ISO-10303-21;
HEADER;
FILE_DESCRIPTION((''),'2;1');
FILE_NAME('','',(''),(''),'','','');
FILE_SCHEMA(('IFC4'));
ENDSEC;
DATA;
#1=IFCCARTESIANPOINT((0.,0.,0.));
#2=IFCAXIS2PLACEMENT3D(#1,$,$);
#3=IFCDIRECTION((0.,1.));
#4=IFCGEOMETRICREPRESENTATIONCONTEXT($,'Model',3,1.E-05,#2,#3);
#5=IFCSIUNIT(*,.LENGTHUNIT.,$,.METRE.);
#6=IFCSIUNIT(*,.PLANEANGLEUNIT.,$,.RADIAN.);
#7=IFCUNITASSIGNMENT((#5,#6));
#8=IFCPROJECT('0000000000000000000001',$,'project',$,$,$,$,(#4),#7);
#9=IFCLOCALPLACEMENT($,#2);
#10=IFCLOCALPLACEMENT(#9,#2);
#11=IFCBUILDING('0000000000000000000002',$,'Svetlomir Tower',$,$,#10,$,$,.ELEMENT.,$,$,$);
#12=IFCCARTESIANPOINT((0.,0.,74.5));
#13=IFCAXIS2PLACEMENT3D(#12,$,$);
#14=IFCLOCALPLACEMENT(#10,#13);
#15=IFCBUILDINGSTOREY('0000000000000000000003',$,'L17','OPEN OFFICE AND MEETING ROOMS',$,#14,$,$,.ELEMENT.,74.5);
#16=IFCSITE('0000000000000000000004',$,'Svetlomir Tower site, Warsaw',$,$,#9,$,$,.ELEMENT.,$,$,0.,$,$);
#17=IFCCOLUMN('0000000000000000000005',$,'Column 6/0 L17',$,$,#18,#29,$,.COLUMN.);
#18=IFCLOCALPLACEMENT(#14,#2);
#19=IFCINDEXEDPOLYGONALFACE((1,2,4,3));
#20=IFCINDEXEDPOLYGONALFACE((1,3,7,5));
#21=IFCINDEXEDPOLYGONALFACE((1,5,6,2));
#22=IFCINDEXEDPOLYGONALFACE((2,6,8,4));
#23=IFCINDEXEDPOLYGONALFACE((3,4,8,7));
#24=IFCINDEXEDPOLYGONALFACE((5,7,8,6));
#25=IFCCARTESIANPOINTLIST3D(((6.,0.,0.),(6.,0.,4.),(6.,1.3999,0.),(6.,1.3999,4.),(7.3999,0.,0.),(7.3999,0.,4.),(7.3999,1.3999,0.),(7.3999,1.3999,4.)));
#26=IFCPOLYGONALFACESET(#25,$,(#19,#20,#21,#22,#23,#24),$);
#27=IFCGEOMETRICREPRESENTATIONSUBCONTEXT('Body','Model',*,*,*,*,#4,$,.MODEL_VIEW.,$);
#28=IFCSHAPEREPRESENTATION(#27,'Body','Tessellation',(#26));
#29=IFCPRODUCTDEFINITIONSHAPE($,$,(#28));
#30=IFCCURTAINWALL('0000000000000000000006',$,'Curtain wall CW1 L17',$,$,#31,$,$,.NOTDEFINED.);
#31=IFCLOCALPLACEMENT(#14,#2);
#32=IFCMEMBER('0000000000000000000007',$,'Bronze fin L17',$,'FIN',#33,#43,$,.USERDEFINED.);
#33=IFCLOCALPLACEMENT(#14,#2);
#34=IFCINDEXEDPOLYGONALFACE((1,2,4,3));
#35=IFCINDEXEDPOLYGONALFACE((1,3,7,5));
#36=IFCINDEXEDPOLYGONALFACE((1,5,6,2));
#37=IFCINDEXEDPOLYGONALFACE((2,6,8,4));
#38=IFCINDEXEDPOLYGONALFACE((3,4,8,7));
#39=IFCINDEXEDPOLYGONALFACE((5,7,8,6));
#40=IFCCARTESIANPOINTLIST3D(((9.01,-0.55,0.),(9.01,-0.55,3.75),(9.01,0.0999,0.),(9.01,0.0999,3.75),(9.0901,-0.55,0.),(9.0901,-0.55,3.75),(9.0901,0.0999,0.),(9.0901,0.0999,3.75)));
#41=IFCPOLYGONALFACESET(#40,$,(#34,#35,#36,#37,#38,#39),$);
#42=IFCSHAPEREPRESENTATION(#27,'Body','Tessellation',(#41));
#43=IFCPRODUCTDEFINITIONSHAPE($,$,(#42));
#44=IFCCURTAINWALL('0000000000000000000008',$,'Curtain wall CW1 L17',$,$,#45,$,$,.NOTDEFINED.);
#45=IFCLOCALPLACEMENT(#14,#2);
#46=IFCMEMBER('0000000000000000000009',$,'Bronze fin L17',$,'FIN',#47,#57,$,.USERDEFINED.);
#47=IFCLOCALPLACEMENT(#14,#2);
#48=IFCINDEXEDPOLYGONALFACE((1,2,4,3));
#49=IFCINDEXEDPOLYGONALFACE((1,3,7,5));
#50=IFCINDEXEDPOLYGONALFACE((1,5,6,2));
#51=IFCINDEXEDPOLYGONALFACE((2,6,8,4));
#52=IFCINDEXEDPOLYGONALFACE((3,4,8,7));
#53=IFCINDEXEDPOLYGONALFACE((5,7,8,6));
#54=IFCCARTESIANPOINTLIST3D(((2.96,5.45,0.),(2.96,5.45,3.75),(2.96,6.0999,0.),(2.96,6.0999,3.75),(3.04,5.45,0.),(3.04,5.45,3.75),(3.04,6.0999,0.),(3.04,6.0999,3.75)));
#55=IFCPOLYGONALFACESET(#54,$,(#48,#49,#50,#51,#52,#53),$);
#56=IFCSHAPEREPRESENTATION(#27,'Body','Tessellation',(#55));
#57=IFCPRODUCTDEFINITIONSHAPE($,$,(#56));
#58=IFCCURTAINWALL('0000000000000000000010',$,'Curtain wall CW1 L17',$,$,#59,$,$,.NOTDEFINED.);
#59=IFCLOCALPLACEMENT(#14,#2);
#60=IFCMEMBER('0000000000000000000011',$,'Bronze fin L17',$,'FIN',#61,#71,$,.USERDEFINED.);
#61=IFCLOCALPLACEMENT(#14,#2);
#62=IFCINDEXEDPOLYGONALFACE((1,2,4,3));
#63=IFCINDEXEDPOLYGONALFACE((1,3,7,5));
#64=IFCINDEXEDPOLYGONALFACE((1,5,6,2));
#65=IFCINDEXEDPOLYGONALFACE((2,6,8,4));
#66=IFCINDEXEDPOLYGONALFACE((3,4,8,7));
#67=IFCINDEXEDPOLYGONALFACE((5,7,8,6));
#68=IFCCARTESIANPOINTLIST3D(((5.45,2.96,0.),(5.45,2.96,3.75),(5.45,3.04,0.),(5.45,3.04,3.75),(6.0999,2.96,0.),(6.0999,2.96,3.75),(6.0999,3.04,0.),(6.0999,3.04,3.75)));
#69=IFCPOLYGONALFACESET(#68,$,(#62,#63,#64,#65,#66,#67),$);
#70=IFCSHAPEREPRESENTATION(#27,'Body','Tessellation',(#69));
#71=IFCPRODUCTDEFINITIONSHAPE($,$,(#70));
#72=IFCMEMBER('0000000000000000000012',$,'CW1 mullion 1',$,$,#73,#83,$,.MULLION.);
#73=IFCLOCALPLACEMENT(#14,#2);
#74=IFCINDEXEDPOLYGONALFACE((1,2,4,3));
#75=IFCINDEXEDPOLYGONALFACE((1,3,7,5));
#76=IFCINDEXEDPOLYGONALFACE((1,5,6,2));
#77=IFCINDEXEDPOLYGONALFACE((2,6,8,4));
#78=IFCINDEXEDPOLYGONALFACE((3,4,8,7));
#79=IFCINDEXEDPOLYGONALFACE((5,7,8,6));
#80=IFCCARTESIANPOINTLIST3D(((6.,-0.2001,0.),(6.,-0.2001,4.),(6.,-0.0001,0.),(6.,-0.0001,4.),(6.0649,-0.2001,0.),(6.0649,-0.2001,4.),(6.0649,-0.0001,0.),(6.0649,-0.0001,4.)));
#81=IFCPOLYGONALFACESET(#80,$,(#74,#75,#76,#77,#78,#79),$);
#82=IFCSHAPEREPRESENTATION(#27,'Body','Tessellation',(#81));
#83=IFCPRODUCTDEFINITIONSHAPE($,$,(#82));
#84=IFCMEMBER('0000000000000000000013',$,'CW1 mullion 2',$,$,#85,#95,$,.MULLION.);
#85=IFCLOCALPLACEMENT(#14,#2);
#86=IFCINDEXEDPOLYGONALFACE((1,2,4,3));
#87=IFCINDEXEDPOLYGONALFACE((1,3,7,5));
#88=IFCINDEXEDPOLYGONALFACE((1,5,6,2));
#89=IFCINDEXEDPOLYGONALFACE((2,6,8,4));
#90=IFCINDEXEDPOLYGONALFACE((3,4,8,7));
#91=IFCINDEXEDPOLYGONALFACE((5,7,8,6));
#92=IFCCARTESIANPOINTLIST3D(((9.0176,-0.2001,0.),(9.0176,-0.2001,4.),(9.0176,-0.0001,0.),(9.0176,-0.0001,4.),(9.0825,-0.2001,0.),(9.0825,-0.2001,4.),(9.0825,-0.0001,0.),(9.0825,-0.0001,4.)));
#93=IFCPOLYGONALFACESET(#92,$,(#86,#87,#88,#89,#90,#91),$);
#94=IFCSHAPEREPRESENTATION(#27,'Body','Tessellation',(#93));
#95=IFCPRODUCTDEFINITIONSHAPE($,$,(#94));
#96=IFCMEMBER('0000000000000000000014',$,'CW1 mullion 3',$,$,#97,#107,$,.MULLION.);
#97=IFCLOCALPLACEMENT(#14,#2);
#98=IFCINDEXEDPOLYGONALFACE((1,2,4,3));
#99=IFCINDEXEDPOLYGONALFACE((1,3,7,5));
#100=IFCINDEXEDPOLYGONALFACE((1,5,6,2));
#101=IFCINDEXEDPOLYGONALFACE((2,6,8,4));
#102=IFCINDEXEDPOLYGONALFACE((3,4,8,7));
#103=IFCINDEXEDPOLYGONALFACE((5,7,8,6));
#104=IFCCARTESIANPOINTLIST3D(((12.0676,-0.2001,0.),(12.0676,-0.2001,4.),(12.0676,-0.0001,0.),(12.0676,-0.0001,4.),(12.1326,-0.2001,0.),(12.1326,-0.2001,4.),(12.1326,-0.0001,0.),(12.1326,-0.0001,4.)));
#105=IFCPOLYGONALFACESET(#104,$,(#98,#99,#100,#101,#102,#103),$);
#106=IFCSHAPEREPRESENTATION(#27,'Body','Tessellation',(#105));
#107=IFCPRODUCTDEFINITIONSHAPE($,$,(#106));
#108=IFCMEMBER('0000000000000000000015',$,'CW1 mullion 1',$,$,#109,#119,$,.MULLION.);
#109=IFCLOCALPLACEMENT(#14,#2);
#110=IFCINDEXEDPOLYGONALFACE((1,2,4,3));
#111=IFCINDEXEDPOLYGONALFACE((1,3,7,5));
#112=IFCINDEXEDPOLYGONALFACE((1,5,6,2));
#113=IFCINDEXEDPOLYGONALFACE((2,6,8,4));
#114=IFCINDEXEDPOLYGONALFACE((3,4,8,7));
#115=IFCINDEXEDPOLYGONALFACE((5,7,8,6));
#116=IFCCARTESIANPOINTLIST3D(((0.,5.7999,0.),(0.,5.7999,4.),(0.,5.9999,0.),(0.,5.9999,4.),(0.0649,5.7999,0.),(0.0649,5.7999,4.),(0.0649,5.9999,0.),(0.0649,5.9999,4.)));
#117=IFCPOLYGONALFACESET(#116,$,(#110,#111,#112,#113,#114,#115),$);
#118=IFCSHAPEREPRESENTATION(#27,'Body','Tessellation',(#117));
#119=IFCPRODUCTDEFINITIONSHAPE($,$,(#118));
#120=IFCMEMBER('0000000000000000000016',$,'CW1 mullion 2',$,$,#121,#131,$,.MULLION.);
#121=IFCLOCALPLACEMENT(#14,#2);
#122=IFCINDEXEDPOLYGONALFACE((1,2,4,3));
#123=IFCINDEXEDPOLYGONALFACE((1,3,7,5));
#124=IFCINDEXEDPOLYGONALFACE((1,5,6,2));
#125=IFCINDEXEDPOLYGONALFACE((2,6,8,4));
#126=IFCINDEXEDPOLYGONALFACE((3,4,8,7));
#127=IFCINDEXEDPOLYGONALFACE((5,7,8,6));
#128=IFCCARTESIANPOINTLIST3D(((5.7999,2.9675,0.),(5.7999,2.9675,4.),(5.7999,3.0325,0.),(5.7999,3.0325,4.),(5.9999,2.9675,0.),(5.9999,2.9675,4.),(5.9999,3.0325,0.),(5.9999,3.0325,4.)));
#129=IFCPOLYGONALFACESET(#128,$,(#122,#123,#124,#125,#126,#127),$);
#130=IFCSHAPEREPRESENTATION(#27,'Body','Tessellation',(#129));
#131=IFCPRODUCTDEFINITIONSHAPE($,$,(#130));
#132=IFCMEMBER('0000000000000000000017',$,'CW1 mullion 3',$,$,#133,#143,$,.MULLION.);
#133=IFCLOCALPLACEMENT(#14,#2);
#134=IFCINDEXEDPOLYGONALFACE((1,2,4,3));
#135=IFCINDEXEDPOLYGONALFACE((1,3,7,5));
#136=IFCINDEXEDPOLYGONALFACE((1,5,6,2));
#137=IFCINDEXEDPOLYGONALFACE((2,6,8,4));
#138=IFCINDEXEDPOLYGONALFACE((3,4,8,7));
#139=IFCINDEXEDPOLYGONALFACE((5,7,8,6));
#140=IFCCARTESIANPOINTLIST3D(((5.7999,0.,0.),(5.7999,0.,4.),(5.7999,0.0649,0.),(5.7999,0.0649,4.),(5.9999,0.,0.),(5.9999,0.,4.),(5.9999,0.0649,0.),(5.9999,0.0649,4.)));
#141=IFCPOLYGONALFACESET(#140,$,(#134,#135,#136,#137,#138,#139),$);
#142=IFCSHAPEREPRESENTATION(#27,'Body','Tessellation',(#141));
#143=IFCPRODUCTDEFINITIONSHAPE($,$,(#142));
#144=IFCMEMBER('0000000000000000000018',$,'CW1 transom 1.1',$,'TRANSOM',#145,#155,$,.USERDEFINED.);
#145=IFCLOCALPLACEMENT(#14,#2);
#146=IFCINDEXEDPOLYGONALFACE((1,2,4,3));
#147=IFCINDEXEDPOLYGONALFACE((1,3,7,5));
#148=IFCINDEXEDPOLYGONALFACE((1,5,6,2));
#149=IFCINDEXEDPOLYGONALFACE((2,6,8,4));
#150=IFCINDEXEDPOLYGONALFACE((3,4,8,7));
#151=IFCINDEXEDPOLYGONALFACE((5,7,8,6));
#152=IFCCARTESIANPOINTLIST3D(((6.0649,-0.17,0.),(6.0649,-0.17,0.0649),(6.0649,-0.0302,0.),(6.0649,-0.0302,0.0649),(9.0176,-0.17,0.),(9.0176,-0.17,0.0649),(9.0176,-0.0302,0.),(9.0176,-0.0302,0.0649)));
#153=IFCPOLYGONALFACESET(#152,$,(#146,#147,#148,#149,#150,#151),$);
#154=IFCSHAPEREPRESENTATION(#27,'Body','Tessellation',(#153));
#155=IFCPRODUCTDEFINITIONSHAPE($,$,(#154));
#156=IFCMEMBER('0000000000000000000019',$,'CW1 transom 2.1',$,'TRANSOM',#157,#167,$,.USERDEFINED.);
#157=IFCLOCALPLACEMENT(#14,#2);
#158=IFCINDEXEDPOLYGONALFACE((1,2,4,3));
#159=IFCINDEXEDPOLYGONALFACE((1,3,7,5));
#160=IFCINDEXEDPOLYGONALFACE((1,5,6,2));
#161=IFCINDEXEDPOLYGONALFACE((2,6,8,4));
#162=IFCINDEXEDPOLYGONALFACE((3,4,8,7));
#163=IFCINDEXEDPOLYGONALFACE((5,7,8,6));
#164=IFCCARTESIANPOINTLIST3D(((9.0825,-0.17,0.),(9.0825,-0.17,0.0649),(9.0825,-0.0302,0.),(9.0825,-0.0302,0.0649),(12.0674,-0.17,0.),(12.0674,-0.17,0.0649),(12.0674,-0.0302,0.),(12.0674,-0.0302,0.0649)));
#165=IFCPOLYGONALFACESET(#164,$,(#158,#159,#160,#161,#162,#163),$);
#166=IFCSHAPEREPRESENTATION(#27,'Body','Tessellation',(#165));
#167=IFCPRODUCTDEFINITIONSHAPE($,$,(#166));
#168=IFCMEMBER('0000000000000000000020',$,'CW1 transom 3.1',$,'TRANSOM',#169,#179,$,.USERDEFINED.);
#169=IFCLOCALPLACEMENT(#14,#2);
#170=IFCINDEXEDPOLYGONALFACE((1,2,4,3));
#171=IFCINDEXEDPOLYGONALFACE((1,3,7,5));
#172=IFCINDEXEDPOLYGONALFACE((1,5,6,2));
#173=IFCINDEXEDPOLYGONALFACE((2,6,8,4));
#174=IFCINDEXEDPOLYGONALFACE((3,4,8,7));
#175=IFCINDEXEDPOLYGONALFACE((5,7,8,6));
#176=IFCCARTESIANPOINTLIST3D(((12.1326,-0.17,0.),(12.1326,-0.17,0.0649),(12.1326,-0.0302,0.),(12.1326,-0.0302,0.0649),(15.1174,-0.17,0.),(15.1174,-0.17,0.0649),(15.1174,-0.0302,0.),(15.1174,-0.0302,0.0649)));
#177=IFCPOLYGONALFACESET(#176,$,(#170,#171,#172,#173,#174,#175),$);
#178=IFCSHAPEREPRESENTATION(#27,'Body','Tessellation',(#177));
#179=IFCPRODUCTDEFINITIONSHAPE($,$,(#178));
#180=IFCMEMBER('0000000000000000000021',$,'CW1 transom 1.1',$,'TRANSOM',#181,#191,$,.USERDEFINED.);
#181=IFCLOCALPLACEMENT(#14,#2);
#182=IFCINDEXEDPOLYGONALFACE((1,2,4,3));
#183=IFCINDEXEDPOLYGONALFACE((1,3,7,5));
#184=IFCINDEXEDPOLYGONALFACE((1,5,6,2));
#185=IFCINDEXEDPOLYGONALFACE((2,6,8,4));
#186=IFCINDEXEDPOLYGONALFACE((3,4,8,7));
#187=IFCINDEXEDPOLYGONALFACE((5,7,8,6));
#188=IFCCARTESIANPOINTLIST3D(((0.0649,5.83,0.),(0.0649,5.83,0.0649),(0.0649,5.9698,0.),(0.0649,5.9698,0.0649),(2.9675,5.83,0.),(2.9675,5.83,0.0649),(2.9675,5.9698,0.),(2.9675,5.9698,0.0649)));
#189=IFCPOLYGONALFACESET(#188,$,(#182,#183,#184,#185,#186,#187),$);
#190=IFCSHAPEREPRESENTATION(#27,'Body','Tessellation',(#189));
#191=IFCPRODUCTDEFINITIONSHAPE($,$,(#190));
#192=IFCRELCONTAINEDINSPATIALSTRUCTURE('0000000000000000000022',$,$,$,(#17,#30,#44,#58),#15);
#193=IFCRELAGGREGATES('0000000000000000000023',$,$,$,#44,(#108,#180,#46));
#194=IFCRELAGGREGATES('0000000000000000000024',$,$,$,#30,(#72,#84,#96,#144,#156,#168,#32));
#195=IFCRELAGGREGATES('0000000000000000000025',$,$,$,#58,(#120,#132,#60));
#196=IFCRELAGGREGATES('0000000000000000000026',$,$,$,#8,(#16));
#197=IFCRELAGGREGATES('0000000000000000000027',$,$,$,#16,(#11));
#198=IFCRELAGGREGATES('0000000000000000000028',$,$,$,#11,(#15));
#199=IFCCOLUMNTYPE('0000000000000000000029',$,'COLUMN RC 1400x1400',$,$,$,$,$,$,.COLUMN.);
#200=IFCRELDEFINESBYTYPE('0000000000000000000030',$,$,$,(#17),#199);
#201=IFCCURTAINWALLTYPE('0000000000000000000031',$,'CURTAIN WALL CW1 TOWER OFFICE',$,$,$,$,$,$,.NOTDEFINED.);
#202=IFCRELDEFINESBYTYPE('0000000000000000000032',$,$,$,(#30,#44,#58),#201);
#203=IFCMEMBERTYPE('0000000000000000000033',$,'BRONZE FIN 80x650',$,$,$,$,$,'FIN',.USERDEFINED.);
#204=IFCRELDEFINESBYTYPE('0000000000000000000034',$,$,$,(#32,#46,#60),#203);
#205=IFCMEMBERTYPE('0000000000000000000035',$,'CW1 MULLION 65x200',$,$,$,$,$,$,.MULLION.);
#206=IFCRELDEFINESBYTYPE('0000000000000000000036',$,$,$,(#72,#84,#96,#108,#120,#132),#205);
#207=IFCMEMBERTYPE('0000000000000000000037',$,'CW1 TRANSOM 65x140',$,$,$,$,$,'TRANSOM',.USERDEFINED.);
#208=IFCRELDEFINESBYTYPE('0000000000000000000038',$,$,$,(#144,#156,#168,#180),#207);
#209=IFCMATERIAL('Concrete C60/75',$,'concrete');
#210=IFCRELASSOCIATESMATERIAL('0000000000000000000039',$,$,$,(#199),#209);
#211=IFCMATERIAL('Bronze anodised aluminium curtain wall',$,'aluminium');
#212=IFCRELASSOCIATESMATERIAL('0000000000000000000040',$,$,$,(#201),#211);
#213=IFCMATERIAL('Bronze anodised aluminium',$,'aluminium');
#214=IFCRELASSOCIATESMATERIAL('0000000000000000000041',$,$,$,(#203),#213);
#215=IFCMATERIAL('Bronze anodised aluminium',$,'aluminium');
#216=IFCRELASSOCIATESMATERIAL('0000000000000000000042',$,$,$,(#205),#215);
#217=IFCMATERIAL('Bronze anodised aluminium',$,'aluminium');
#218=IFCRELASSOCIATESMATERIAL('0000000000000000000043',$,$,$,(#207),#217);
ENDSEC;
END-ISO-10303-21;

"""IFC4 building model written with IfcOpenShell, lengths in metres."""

from ifc_helpers import new_model, si_unit, direction, frame, origin, origin_2d, place, context, subcontext, project, spatial, rectangle, extrude, material, material_profile, profile_set, type_object, element, aggregate, save


model = new_model("IFC4")

# Units and contexts
model_context = context("Model", 3, precision=1e-05, world=origin(), true_north=direction((0.0, 1.0)))
body_context = subcontext(model_context, "Body", "Model", "MODEL_VIEW")
ifc_project = project(units=[si_unit("LENGTHUNIT", "METRE"), si_unit("PLANEANGLEUNIT", "RADIAN")], contexts=[model_context])

# Site, building, storey
site_placement = place(None, origin())
site = spatial("IfcSite", under=ifc_project, at=site_placement, Name="Svetlomir Tower site, Warsaw", CompositionType="ELEMENT", RefElevation=0.0)
building_placement = place(site_placement, origin())
building = spatial("IfcBuilding", under=site, at=building_placement, Name="Svetlomir Tower", CompositionType="ELEMENT")
storey_placement = place(building_placement, frame((0.0, 0.0, 74.5)))
storey = spatial("IfcBuildingStorey", under=building, at=storey_placement, Name="L17", Description="OPEN OFFICE AND MEETING ROOMS", CompositionType="ELEMENT", Elevation=74.5)

# Column
ifc_material_1 = material(Name="Concrete C60/75", Category="concrete")
ifc_material_profile_1 = material_profile(ifc_material_1, rectangle(XDim=1.3999, YDim=1.3999, at=origin_2d()), Name="RC 1400x1400")
ifc_profile_set_1 = profile_set([ifc_material_profile_1], Name="Concrete C60/75")
column_type = type_object("IfcColumnType", Name="COLUMN RC 1400x1400", PredefinedType="COLUMN", material=ifc_profile_set_1)
column_placement = place(storey_placement, frame((6.7, 0.7, 0.0), z_axis=(0.0, 0.0, 1.0), x_axis=(1.0, 0.0, 0.0)))
element("IfcColumn", 1, at=column_placement, inside=storey, type_object=column_type, Name="Column 6/0 L17", PredefinedType="COLUMN", context=body_context, shape_type="SweptSolid", body=[
    extrude(rectangle(XDim=1.3999, YDim=1.3999, at=origin_2d()), origin(), (0.0, 0.0, 1.0), 4.0),
])

# Curtain walls, members
ifc_material_2 = material(Name="Bronze anodised aluminium curtain wall", Category="aluminium")
curtain_wall_type = type_object("IfcCurtainWallType", Name="CURTAIN WALL CW1 TOWER OFFICE", PredefinedType="NOTDEFINED", material=ifc_material_2)
curtain_wall_1_placement = place(storey_placement, origin())
curtain_wall_1 = element("IfcCurtainWall", 2, at=curtain_wall_1_placement, inside=storey, type_object=curtain_wall_type, Name="Curtain wall CW1 L17", PredefinedType="NOTDEFINED")
ifc_material_3 = material(Name="Bronze anodised aluminium", Category="aluminium")
ifc_material_profile_2 = material_profile(ifc_material_3, rectangle(XDim=0.0801, YDim=0.6499, at=origin_2d()), Name="FIN 80x650")
ifc_profile_set_2 = profile_set([ifc_material_profile_2], Name="Bronze anodised aluminium 6063-T6")
member_type_1 = type_object("IfcMemberType", Name="BRONZE FIN 80x650", ElementType="FIN", PredefinedType="USERDEFINED", material=ifc_profile_set_2)
member_1_placement = place(storey_placement, frame((9.05, -0.2251, 0.0), z_axis=(0.0, 0.0, 1.0), x_axis=(1.0, 0.0, 0.0)))
member_1 = element("IfcMember", 3, at=member_1_placement, type_object=member_type_1, Name="Bronze fin L17", ObjectType="FIN", PredefinedType="USERDEFINED", context=body_context, shape_type="SweptSolid", body=[
    extrude(rectangle(XDim=0.0801, YDim=0.6499, at=origin_2d()), origin(), (0.0, 0.0, 1.0), 3.75),
])
curtain_wall_2_placement = place(storey_placement, origin())
curtain_wall_2 = element("IfcCurtainWall", 4, at=curtain_wall_2_placement, inside=storey, type_object=curtain_wall_type, Name="Curtain wall CW1 L17", PredefinedType="NOTDEFINED")
member_2_placement = place(storey_placement, frame((3.0, 5.7749, 0.0), z_axis=(0.0, 0.0, 1.0), x_axis=(1.0, 0.0, 0.0)))
member_2 = element("IfcMember", 5, at=member_2_placement, type_object=member_type_1, Name="Bronze fin L17", ObjectType="FIN", PredefinedType="USERDEFINED", context=body_context, shape_type="SweptSolid", body=[
    extrude(rectangle(XDim=0.0801, YDim=0.6499, at=origin_2d()), origin(), (0.0, 0.0, 1.0), 3.75),
])
curtain_wall_3_placement = place(storey_placement, origin())
curtain_wall_3 = element("IfcCurtainWall", 6, at=curtain_wall_3_placement, inside=storey, type_object=curtain_wall_type, Name="Curtain wall CW1 L17", PredefinedType="NOTDEFINED")
member_3_placement = place(storey_placement, frame((5.7749, 3.0, 0.0), z_axis=(0.0, 0.0, 1.0), x_axis=(0.0, 1.0, 0.0)))
member_3 = element("IfcMember", 7, at=member_3_placement, type_object=member_type_1, Name="Bronze fin L17", ObjectType="FIN", PredefinedType="USERDEFINED", context=body_context, shape_type="SweptSolid", body=[
    extrude(rectangle(XDim=0.0801, YDim=0.6499, at=origin_2d()), origin(), (0.0, 0.0, 1.0), 3.75),
])

# Members
ifc_material_4 = material(Name="Bronze anodised aluminium", Category="aluminium")
ifc_material_profile_3 = material_profile(ifc_material_4, rectangle(XDim=0.0649, YDim=0.2, at=origin_2d()), Name="AL 65x200")
ifc_profile_set_3 = profile_set([ifc_material_profile_3], Name="Bronze anodised aluminium 6063-T6")
member_type_2 = type_object("IfcMemberType", Name="CW1 MULLION 65x200", PredefinedType="MULLION", material=ifc_profile_set_3)
member_4_placement = place(storey_placement, frame((6.0325, -0.1001, 0.0), z_axis=(0.0, 0.0, 1.0), x_axis=(1.0, 0.0, 0.0)))
member_4 = element("IfcMember", 8, at=member_4_placement, type_object=member_type_2, Name="CW1 mullion 1", PredefinedType="MULLION", context=body_context, shape_type="SweptSolid", body=[
    extrude(rectangle(XDim=0.0649, YDim=0.2, at=origin_2d()), origin(), (0.0, 0.0, 1.0), 4.0),
])
member_5_placement = place(storey_placement, frame((9.05, -0.1001, 0.0), z_axis=(0.0, 0.0, 1.0), x_axis=(1.0, 0.0, 0.0)))
member_5 = element("IfcMember", 9, at=member_5_placement, type_object=member_type_2, Name="CW1 mullion 2", PredefinedType="MULLION", context=body_context, shape_type="SweptSolid", body=[
    extrude(rectangle(XDim=0.0649, YDim=0.2, at=origin_2d()), origin(), (0.0, 0.0, 1.0), 4.0),
])
member_6_placement = place(storey_placement, frame((12.1001, -0.1001, 0.0), z_axis=(0.0, 0.0, 1.0), x_axis=(1.0, 0.0, 0.0)))
member_6 = element("IfcMember", 10, at=member_6_placement, type_object=member_type_2, Name="CW1 mullion 3", PredefinedType="MULLION", context=body_context, shape_type="SweptSolid", body=[
    extrude(rectangle(XDim=0.0649, YDim=0.2, at=origin_2d()), origin(), (0.0, 0.0, 1.0), 4.0),
])
member_7_placement = place(storey_placement, frame((0.0325, 5.8999, 0.0), z_axis=(0.0, 0.0, 1.0), x_axis=(1.0, 0.0, 0.0)))
member_7 = element("IfcMember", 11, at=member_7_placement, type_object=member_type_2, Name="CW1 mullion 1", PredefinedType="MULLION", context=body_context, shape_type="SweptSolid", body=[
    extrude(rectangle(XDim=0.0649, YDim=0.2, at=origin_2d()), origin(), (0.0, 0.0, 1.0), 4.0),
])
member_8_placement = place(storey_placement, frame((5.8999, 3.0, 0.0), z_axis=(0.0, 0.0, 1.0), x_axis=(0.0, -1.0, 0.0)))
member_8 = element("IfcMember", 12, at=member_8_placement, type_object=member_type_2, Name="CW1 mullion 2", PredefinedType="MULLION", context=body_context, shape_type="SweptSolid", body=[
    extrude(rectangle(XDim=0.0649, YDim=0.2, at=origin_2d()), origin(), (0.0, 0.0, 1.0), 4.0),
])
member_9_placement = place(storey_placement, frame((5.8999, 0.0325, 0.0), z_axis=(0.0, 0.0, 1.0), x_axis=(0.0, -1.0, 0.0)))
member_9 = element("IfcMember", 13, at=member_9_placement, type_object=member_type_2, Name="CW1 mullion 3", PredefinedType="MULLION", context=body_context, shape_type="SweptSolid", body=[
    extrude(rectangle(XDim=0.0649, YDim=0.2, at=origin_2d()), origin(), (0.0, 0.0, 1.0), 4.0),
])
ifc_material_5 = material(Name="Bronze anodised aluminium", Category="aluminium")
ifc_material_profile_4 = material_profile(ifc_material_5, rectangle(XDim=0.1399, YDim=0.0649, at=origin_2d()), Name="AL 140x65")
ifc_profile_set_4 = profile_set([ifc_material_profile_4], Name="Bronze anodised aluminium 6063-T6")
member_type_3 = type_object("IfcMemberType", Name="CW1 TRANSOM 65x140", ElementType="TRANSOM", PredefinedType="USERDEFINED", material=ifc_profile_set_4)
member_10_placement = place(storey_placement, frame((6.0649, -0.1001, 0.0325), z_axis=(1.0, 0.0, 0.0), x_axis=(0.0, 1.0, 0.0)))
member_10 = element("IfcMember", 14, at=member_10_placement, type_object=member_type_3, Name="CW1 transom 1.1", ObjectType="TRANSOM", PredefinedType="USERDEFINED", context=body_context, shape_type="SweptSolid", body=[
    extrude(rectangle(XDim=0.1399, YDim=0.0649, at=origin_2d()), origin(), (0.0, 0.0, 1.0), 2.9526),
])
member_11_placement = place(storey_placement, frame((9.0825, -0.1001, 0.0325), z_axis=(1.0, 0.0, 0.0), x_axis=(0.0, 1.0, 0.0)))
member_11 = element("IfcMember", 15, at=member_11_placement, type_object=member_type_3, Name="CW1 transom 2.1", ObjectType="TRANSOM", PredefinedType="USERDEFINED", context=body_context, shape_type="SweptSolid", body=[
    extrude(rectangle(XDim=0.1399, YDim=0.0649, at=origin_2d()), origin(), (0.0, 0.0, 1.0), 2.9849),
])
member_12_placement = place(storey_placement, frame((12.1326, -0.1001, 0.0325), z_axis=(1.0, 0.0, 0.0), x_axis=(0.0, 1.0, 0.0)))
member_12 = element("IfcMember", 16, at=member_12_placement, type_object=member_type_3, Name="CW1 transom 3.1", ObjectType="TRANSOM", PredefinedType="USERDEFINED", context=body_context, shape_type="SweptSolid", body=[
    extrude(rectangle(XDim=0.1399, YDim=0.0649, at=origin_2d()), origin(), (0.0, 0.0, 1.0), 2.9849),
])
member_13_placement = place(storey_placement, frame((0.0649, 5.8999, 0.0325), z_axis=(1.0, 0.0, 0.0), x_axis=(0.0, 1.0, 0.0)))
member_13 = element("IfcMember", 17, at=member_13_placement, type_object=member_type_3, Name="CW1 transom 1.1", ObjectType="TRANSOM", PredefinedType="USERDEFINED", context=body_context, shape_type="SweptSolid", body=[
    extrude(rectangle(XDim=0.1399, YDim=0.0649, at=origin_2d()), origin(), (0.0, 0.0, 1.0), 2.9026),
])
aggregate(curtain_wall_2, [member_7, member_13, member_2])

aggregate(curtain_wall_1, [member_4, member_5, member_6, member_10, member_11, member_12, member_1])
aggregate(curtain_wall_3, [member_8, member_9, member_3])

save(model, "model.ifc")
